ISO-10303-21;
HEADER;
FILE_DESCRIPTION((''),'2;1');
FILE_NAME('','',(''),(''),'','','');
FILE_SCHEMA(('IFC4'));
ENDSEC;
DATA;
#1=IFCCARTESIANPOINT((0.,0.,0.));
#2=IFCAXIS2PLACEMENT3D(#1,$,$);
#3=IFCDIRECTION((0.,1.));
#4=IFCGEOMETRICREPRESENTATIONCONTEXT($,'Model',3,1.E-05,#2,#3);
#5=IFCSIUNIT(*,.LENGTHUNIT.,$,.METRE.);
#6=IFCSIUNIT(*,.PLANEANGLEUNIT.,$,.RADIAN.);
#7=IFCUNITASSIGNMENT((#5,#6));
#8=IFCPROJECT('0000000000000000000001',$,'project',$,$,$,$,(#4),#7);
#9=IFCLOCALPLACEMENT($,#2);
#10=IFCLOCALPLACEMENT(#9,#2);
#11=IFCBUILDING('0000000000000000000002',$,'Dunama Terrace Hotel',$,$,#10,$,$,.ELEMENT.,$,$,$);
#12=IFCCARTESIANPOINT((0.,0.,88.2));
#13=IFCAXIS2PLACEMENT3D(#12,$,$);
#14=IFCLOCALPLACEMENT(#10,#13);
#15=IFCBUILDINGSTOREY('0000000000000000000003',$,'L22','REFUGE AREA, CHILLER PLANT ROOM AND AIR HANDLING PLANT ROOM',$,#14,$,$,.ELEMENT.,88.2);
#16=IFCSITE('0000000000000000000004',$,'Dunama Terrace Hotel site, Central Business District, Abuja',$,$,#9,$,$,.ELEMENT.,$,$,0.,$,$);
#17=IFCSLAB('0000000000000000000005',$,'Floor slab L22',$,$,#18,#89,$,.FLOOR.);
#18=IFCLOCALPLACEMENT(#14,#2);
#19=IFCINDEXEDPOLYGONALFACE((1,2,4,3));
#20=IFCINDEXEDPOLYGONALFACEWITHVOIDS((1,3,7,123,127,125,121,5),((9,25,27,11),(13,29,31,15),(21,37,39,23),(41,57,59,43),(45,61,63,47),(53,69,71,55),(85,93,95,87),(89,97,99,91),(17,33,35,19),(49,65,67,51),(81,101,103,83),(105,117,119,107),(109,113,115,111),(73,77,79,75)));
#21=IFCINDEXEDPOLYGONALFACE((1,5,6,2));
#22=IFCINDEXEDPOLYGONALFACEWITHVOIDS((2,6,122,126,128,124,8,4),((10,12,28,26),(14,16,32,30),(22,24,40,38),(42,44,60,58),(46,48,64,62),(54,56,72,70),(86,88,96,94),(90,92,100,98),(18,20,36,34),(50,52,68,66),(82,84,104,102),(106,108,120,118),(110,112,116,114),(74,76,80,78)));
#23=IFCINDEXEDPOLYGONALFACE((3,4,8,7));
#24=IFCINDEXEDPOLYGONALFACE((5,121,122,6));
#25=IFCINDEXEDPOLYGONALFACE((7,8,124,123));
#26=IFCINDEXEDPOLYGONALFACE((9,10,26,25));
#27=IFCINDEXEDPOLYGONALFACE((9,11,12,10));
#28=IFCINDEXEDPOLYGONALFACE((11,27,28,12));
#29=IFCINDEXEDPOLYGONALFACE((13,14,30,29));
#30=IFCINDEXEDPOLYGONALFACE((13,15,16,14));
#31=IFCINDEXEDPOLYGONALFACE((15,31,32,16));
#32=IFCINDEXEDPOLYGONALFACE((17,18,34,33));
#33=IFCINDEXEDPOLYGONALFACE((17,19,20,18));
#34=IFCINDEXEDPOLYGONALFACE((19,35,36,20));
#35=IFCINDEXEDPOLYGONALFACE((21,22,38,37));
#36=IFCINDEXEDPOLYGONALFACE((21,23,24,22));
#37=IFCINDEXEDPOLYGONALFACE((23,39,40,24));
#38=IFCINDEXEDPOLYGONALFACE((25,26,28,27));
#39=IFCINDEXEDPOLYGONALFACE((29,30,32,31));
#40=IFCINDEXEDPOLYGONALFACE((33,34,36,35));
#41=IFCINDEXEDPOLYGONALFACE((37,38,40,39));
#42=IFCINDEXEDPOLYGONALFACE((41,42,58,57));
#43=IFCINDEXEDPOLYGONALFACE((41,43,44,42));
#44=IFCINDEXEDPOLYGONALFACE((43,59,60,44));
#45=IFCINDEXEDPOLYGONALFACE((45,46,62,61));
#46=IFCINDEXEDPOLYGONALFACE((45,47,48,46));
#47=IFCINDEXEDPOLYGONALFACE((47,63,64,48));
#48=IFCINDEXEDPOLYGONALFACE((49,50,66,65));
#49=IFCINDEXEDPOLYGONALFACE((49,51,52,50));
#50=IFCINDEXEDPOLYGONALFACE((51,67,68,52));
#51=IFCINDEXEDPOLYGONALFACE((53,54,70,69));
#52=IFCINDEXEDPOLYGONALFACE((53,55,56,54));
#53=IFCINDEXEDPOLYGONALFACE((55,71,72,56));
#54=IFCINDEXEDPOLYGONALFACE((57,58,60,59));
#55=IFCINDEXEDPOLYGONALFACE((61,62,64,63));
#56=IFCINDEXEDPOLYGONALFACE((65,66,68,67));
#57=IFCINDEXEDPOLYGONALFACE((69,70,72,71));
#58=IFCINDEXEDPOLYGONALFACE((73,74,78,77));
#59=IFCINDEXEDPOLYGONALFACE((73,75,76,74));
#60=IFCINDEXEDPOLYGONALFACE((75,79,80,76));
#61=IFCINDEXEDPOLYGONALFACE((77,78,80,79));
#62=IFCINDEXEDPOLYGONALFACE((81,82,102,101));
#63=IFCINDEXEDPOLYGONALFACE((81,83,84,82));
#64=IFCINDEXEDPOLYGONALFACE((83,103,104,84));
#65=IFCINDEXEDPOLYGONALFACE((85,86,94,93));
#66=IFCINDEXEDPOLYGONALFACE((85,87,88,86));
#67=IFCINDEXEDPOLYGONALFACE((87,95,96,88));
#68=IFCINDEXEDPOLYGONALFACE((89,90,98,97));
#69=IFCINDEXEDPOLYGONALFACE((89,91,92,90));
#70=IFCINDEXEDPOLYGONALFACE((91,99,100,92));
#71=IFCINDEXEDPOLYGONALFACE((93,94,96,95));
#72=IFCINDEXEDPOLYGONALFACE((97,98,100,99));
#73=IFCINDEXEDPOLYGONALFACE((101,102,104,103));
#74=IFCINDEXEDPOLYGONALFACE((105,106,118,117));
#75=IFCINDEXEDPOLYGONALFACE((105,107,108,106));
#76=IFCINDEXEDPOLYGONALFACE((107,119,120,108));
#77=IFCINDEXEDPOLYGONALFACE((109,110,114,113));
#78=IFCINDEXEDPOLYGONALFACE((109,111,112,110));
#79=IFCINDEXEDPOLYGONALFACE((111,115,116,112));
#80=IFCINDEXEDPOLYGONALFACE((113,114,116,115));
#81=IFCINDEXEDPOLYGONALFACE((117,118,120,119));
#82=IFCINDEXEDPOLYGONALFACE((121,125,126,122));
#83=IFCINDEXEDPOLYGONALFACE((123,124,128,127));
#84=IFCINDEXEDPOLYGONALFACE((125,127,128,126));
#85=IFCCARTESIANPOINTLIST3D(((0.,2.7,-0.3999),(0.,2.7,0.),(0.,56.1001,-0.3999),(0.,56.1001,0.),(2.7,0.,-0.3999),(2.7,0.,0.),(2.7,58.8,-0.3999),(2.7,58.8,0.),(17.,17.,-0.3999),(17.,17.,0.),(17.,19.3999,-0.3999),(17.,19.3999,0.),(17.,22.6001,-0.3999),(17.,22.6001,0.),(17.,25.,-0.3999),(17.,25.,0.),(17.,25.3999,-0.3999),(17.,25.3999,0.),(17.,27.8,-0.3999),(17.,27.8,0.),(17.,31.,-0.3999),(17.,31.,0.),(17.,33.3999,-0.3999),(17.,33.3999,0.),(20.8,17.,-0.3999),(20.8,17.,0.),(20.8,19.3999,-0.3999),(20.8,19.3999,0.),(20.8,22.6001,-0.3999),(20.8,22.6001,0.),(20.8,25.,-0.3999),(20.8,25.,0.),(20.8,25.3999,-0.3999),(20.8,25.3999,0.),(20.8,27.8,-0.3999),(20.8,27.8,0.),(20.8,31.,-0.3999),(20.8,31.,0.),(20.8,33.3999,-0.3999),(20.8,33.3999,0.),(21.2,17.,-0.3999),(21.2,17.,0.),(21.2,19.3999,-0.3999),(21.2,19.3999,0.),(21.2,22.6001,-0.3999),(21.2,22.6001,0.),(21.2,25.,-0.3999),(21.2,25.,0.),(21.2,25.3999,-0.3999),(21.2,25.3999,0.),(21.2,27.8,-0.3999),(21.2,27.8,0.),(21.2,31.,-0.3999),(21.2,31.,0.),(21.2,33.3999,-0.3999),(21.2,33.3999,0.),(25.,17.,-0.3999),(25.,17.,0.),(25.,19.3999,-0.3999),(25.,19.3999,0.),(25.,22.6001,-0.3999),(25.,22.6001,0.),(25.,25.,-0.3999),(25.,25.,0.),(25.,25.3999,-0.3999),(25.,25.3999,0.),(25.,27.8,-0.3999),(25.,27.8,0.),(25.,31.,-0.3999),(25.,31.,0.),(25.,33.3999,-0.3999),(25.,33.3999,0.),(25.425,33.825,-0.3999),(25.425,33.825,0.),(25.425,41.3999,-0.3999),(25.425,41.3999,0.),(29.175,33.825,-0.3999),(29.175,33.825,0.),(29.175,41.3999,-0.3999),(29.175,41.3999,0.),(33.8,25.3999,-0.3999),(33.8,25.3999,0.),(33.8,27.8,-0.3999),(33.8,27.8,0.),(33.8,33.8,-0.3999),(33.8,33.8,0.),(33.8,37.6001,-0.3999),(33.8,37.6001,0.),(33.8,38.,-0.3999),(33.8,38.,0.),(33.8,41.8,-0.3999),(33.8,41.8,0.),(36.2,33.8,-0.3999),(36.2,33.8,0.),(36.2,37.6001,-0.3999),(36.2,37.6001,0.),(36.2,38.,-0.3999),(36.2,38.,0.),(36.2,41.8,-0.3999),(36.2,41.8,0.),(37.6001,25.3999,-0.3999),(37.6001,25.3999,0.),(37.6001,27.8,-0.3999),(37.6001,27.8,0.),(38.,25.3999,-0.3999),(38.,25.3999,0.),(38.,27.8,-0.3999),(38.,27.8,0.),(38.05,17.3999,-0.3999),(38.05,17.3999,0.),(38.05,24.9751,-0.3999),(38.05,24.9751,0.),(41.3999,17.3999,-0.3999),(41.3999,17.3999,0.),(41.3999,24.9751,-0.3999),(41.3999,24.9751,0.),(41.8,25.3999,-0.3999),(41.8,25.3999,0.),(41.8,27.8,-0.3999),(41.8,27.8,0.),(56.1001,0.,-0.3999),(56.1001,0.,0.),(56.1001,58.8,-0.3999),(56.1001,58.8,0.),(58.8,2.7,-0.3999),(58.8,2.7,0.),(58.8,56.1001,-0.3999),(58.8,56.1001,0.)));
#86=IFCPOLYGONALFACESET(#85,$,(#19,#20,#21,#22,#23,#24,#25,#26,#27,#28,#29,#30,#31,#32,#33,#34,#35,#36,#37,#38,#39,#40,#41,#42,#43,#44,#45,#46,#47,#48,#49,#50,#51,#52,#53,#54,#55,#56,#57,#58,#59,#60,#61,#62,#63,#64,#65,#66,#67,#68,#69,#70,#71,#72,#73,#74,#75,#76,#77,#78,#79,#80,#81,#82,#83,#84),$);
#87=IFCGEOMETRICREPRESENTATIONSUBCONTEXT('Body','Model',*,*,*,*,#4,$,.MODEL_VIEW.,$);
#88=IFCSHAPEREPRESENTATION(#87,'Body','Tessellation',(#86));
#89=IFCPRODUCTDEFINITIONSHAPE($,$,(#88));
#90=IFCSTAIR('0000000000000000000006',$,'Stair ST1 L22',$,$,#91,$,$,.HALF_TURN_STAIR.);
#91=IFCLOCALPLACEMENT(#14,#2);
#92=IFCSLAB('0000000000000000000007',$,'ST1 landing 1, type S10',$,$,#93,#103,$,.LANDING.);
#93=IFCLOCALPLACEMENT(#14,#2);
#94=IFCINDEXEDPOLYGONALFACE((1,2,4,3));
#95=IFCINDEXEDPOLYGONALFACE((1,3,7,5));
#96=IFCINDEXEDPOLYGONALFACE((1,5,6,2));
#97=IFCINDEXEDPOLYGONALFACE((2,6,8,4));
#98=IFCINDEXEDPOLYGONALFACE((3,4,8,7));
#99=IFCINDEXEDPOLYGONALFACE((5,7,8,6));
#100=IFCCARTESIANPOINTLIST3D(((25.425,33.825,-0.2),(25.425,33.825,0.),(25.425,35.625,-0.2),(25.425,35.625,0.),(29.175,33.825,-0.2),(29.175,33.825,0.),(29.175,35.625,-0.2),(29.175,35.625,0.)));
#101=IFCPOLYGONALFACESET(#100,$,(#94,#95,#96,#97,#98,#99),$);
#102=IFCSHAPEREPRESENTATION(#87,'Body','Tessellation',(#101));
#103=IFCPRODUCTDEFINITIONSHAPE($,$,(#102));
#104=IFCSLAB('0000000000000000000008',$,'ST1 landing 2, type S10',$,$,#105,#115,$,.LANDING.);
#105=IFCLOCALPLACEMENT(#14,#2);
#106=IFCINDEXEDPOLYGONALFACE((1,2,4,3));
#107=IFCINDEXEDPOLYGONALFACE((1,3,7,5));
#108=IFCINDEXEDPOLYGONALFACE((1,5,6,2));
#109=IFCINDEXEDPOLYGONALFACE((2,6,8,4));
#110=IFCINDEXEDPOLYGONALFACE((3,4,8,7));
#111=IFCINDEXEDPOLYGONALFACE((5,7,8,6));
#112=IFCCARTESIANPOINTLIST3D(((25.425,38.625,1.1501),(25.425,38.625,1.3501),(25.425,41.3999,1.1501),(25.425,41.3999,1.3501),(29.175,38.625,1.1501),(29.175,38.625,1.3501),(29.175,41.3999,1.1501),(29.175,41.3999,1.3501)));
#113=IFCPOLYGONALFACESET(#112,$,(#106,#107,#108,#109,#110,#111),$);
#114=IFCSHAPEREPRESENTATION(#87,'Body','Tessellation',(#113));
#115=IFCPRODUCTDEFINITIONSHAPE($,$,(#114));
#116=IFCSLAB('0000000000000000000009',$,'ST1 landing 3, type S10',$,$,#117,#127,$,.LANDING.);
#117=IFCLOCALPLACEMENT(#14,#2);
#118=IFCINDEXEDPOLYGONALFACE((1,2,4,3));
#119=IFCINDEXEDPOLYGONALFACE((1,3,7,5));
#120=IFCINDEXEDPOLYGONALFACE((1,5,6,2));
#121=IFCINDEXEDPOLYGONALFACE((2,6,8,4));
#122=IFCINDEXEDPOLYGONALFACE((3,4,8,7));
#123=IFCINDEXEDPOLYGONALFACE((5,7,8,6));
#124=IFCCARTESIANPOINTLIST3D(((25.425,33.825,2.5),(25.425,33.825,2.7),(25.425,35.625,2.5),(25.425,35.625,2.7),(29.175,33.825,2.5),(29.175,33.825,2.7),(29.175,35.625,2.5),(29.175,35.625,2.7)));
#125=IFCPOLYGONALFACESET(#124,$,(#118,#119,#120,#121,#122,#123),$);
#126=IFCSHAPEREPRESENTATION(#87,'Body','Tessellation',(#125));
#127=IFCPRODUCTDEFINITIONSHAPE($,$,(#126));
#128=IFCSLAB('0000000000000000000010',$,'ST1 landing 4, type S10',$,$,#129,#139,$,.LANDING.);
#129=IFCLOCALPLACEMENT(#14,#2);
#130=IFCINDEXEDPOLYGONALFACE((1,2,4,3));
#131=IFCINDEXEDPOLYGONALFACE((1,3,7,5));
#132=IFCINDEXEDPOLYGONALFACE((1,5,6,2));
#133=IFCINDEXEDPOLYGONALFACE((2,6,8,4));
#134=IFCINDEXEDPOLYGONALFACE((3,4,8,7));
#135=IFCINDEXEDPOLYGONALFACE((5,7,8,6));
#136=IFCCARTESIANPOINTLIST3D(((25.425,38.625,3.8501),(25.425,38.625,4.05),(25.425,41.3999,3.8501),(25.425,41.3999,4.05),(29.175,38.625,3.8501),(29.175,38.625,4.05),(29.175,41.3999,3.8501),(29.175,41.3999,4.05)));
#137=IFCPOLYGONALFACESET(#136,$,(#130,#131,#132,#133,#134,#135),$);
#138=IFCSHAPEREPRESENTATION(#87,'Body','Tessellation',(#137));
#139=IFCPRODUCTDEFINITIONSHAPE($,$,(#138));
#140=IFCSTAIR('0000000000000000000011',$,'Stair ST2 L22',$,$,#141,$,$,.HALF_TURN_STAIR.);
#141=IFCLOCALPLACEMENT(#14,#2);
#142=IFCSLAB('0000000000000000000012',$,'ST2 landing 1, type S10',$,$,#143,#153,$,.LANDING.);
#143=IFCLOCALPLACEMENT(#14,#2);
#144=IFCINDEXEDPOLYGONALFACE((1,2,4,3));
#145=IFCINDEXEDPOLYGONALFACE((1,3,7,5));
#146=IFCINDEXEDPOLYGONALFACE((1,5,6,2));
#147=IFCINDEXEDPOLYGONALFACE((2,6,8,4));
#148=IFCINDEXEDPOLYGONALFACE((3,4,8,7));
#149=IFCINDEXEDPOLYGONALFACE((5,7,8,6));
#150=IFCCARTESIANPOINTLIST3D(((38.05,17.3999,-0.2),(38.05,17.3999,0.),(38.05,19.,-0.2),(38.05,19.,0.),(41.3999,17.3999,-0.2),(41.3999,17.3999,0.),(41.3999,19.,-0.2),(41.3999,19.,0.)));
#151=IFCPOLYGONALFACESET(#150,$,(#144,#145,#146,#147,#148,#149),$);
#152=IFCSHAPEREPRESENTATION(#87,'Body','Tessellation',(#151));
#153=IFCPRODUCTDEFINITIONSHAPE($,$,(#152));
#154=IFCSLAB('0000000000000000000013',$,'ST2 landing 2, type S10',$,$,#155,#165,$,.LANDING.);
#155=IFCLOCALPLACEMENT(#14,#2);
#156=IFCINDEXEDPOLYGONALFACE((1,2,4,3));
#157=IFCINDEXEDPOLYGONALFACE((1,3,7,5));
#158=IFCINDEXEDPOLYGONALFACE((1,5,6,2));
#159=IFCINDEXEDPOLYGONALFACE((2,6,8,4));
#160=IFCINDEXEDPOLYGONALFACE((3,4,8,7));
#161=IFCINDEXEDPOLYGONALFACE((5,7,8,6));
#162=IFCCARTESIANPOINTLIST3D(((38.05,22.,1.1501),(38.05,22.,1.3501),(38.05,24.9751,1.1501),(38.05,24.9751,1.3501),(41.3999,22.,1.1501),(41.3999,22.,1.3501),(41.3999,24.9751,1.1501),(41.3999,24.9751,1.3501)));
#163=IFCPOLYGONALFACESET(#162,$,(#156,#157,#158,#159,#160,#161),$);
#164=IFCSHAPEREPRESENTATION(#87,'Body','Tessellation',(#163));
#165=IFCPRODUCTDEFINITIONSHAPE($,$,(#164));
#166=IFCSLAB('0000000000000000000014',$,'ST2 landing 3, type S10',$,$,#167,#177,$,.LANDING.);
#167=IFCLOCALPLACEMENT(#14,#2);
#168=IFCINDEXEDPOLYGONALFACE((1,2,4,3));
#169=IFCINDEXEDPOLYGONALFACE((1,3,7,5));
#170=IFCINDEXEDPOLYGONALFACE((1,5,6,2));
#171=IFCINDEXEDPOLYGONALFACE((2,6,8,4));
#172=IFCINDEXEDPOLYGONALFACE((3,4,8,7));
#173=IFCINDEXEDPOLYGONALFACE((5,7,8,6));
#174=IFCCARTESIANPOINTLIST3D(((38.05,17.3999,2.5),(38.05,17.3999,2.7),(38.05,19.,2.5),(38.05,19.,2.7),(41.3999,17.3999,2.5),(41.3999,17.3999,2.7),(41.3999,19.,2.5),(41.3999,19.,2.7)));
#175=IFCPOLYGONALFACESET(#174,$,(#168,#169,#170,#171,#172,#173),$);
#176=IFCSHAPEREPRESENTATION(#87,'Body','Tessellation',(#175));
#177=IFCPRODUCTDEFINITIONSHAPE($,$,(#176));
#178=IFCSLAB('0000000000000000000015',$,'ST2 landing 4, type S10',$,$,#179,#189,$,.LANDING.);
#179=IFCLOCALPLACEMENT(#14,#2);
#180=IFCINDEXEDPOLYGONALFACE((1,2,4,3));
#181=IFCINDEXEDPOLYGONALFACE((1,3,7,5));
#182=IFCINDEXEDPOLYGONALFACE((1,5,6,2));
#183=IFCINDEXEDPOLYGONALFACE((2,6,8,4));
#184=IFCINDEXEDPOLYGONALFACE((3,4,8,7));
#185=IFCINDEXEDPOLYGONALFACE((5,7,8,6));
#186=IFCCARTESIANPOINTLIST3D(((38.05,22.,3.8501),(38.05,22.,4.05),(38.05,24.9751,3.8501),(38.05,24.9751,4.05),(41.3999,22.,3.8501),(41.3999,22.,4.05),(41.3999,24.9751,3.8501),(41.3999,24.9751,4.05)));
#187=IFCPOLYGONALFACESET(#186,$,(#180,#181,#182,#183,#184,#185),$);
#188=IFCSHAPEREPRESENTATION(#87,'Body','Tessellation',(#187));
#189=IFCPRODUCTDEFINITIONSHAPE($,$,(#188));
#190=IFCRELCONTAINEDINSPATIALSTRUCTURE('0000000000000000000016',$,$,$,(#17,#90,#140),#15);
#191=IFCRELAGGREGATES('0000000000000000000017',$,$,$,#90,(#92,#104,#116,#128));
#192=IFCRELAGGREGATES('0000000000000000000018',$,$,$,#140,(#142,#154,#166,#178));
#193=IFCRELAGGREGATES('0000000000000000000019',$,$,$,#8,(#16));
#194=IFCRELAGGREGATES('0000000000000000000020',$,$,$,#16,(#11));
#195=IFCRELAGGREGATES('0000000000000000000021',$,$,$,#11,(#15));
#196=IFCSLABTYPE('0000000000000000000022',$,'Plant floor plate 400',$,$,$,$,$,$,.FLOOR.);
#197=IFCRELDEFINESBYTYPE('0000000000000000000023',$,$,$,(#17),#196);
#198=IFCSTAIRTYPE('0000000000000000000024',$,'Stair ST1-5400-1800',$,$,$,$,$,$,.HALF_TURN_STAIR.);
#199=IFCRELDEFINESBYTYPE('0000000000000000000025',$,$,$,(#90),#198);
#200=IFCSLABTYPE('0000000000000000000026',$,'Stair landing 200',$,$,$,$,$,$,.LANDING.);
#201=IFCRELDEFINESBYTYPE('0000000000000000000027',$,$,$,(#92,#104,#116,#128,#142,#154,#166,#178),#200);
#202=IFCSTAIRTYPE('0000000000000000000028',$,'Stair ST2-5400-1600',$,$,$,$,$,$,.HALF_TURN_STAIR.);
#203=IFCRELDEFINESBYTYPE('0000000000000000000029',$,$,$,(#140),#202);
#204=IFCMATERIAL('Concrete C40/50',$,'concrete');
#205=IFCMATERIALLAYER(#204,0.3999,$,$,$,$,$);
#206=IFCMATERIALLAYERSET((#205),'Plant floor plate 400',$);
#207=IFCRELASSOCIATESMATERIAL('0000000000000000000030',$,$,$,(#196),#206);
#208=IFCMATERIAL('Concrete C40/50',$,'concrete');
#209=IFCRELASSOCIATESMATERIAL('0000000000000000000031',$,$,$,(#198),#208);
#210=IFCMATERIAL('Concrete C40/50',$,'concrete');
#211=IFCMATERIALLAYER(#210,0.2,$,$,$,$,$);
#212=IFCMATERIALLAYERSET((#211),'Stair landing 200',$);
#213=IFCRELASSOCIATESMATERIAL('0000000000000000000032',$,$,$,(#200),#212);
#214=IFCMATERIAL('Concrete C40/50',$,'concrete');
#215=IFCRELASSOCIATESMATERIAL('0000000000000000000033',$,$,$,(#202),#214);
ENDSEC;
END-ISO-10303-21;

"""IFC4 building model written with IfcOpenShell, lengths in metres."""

from ifc_helpers import new_model, si_unit, direction, frame, origin, place, context, subcontext, project, spatial, polyline, outline, extrude, material, layer, layer_set, type_object, element, aggregate, save


model = new_model("IFC4")

# Units and contexts
model_context = context("Model", 3, precision=1e-05, world=origin(), true_north=direction((0.0, 1.0)))
body_context = subcontext(model_context, "Body", "Model", "MODEL_VIEW")
ifc_project = project(units=[si_unit("LENGTHUNIT", "METRE"), si_unit("PLANEANGLEUNIT", "RADIAN")], contexts=[model_context])

# Site, building, storey
site_placement = place(None, origin())
site = spatial("IfcSite", under=ifc_project, at=site_placement, Name="Dunama Terrace Hotel site, Central Business District, Abuja", CompositionType="ELEMENT", RefElevation=0.0)
building_placement = place(site_placement, origin())
building = spatial("IfcBuilding", under=site, at=building_placement, Name="Dunama Terrace Hotel", CompositionType="ELEMENT")
storey_placement = place(building_placement, frame((0.0, 0.0, 88.2)))
storey = spatial("IfcBuildingStorey", under=building, at=storey_placement, Name="L22", Description="REFUGE AREA, CHILLER PLANT ROOM AND AIR HANDLING PLANT ROOM", CompositionType="ELEMENT", Elevation=88.2)

# Slab
ifc_material_1 = material(Name="Concrete C40/50", Category="concrete")
ifc_layer_1 = layer(ifc_material_1, 0.3999)
ifc_layer_set_1 = layer_set([ifc_layer_1], Name="Plant floor plate 400")
slab_type_1 = type_object("IfcSlabType", Name="Plant floor plate 400", PredefinedType="FLOOR", material=ifc_layer_set_1)
slab_1_placement = place(storey_placement, frame((0.0, 0.0, -0.3999)))
element("IfcSlab", 1, at=slab_1_placement, inside=storey, type_object=slab_type_1, Name="Floor slab L22", PredefinedType="FLOOR", context=body_context, shape_type="SweptSolid", body=[
    extrude(outline(polyline([(2.7, 0.0), (56.1001, 0.0), (58.8, 2.7), (58.8, 56.1001), (56.1001, 58.8), (2.7, 58.8), (0.0, 56.1001), (0.0, 2.7), (2.7, 0.0)]), holes=[polyline([(20.8, 25.3999), (20.8, 27.8), (17.0, 27.8), (17.0, 25.3999), (20.8, 25.3999)]), polyline([(25.0, 25.3999), (25.0, 27.8), (21.2, 27.8), (21.2, 25.3999), (25.0, 25.3999)]), polyline([(20.8, 31.0), (20.8, 33.3999), (17.0, 33.3999), (17.0, 31.0), (20.8, 31.0)]), polyline([(25.0, 31.0), (25.0, 33.3999), (21.2, 33.3999), (21.2, 31.0), (25.0, 31.0)]), polyline([(37.6001, 25.3999), (37.6001, 27.8), (33.8, 27.8), (33.8, 25.3999), (37.6001, 25.3999)]), polyline([(41.8, 25.3999), (41.8, 27.8), (38.0, 27.8), (38.0, 25.3999), (41.8, 25.3999)]), polyline([(20.8, 17.0), (20.8, 19.3999), (17.0, 19.3999), (17.0, 17.0), (20.8, 17.0)]), polyline([(25.0, 17.0), (25.0, 19.3999), (21.2, 19.3999), (21.2, 17.0), (25.0, 17.0)]), polyline([(20.8, 22.6001), (20.8, 25.0), (17.0, 25.0), (17.0, 22.6001), (20.8, 22.6001)]), polyline([(25.0, 22.6001), (25.0, 25.0), (21.2, 25.0), (21.2, 22.6001), (25.0, 22.6001)]), polyline([(36.2, 38.0), (36.2, 41.8), (33.8, 41.8), (33.8, 38.0), (36.2, 38.0)]), polyline([(36.2, 33.8), (36.2, 37.6001), (33.8, 37.6001), (33.8, 33.8), (36.2, 33.8)]), polyline([(29.175, 33.825), (29.175, 41.3999), (25.425, 41.3999), (25.425, 33.825), (29.175, 33.825)]), polyline([(41.3999, 17.3999), (41.3999, 24.9751), (38.05, 24.9751), (38.05, 17.3999), (41.3999, 17.3999)])]), origin(), (0.0, 0.0, 1.0), 0.3999),
])

# Stairs, slabs
ifc_material_2 = material(Name="Concrete C40/50", Category="concrete")
stair_type_1 = type_object("IfcStairType", Name="Stair ST1-5400-1800", PredefinedType="HALF_TURN_STAIR", material=ifc_material_2)
stair_1_placement = place(storey_placement, origin())
stair_1 = element("IfcStair", 2, at=stair_1_placement, inside=storey, type_object=stair_type_1, Name="Stair ST1 L22", PredefinedType="HALF_TURN_STAIR")
ifc_material_3 = material(Name="Concrete C40/50", Category="concrete")
ifc_layer_2 = layer(ifc_material_3, 0.2)
ifc_layer_set_2 = layer_set([ifc_layer_2], Name="Stair landing 200")
slab_type_2 = type_object("IfcSlabType", Name="Stair landing 200", PredefinedType="LANDING", material=ifc_layer_set_2)
slab_2_placement = place(storey_placement, frame((0.0, 0.0, -0.2)))
slab_2 = element("IfcSlab", 3, at=slab_2_placement, type_object=slab_type_2, Name="ST1 landing 1, type S10", PredefinedType="LANDING", context=body_context, shape_type="SweptSolid", body=[
    extrude(outline(polyline([(25.425, 33.825), (29.175, 33.825), (29.175, 35.625), (25.425, 35.625), (25.425, 33.825)])), origin(), (0.0, 0.0, 1.0), 0.2),
])
slab_3_placement = place(storey_placement, frame((0.0, 0.0, 1.1501)))
slab_3 = element("IfcSlab", 4, at=slab_3_placement, type_object=slab_type_2, Name="ST1 landing 2, type S10", PredefinedType="LANDING", context=body_context, shape_type="SweptSolid", body=[
    extrude(outline(polyline([(25.425, 38.625), (29.175, 38.625), (29.175, 41.3999), (25.425, 41.3999), (25.425, 38.625)])), origin(), (0.0, 0.0, 1.0), 0.2),
])
slab_4_placement = place(storey_placement, frame((0.0, 0.0, 2.5)))
slab_4 = element("IfcSlab", 5, at=slab_4_placement, type_object=slab_type_2, Name="ST1 landing 3, type S10", PredefinedType="LANDING", context=body_context, shape_type="SweptSolid", body=[
    extrude(outline(polyline([(25.425, 33.825), (29.175, 33.825), (29.175, 35.625), (25.425, 35.625), (25.425, 33.825)])), origin(), (0.0, 0.0, 1.0), 0.2),
])
slab_5_placement = place(storey_placement, frame((0.0, 0.0, 3.8501)))
slab_5 = element("IfcSlab", 6, at=slab_5_placement, type_object=slab_type_2, Name="ST1 landing 4, type S10", PredefinedType="LANDING", context=body_context, shape_type="SweptSolid", body=[
    extrude(outline(polyline([(25.425, 38.625), (29.175, 38.625), (29.175, 41.3999), (25.425, 41.3999), (25.425, 38.625)])), origin(), (0.0, 0.0, 1.0), 0.2),
])
aggregate(stair_1, [slab_2, slab_3, slab_4, slab_5])
ifc_material_4 = material(Name="Concrete C40/50", Category="concrete")
stair_type_2 = type_object("IfcStairType", Name="Stair ST2-5400-1600", PredefinedType="HALF_TURN_STAIR", material=ifc_material_4)
stair_2_placement = place(storey_placement, origin())
stair_2 = element("IfcStair", 7, at=stair_2_placement, inside=storey, type_object=stair_type_2, Name="Stair ST2 L22", PredefinedType="HALF_TURN_STAIR")
slab_6_placement = place(storey_placement, frame((0.0, 0.0, -0.2)))
slab_6 = element("IfcSlab", 8, at=slab_6_placement, type_object=slab_type_2, Name="ST2 landing 1, type S10", PredefinedType="LANDING", context=body_context, shape_type="SweptSolid", body=[
    extrude(outline(polyline([(38.05, 17.3999), (41.3999, 17.3999), (41.3999, 19.0), (38.05, 19.0), (38.05, 17.3999)])), origin(), (0.0, 0.0, 1.0), 0.2),
])
slab_7_placement = place(storey_placement, frame((0.0, 0.0, 1.1501)))
slab_7 = element("IfcSlab", 9, at=slab_7_placement, type_object=slab_type_2, Name="ST2 landing 2, type S10", PredefinedType="LANDING", context=body_context, shape_type="SweptSolid", body=[
    extrude(outline(polyline([(38.05, 22.0), (41.3999, 22.0), (41.3999, 24.9751), (38.05, 24.9751), (38.05, 22.0)])), origin(), (0.0, 0.0, 1.0), 0.2),
])
slab_8_placement = place(storey_placement, frame((0.0, 0.0, 2.5)))
slab_8 = element("IfcSlab", 10, at=slab_8_placement, type_object=slab_type_2, Name="ST2 landing 3, type S10", PredefinedType="LANDING", context=body_context, shape_type="SweptSolid", body=[
    extrude(outline(polyline([(38.05, 17.3999), (41.3999, 17.3999), (41.3999, 19.0), (38.05, 19.0), (38.05, 17.3999)])), origin(), (0.0, 0.0, 1.0), 0.2),
])
slab_9_placement = place(storey_placement, frame((0.0, 0.0, 3.8501)))
slab_9 = element("IfcSlab", 11, at=slab_9_placement, type_object=slab_type_2, Name="ST2 landing 4, type S10", PredefinedType="LANDING", context=body_context, shape_type="SweptSolid", body=[
    extrude(outline(polyline([(38.05, 22.0), (41.3999, 22.0), (41.3999, 24.9751), (38.05, 24.9751), (38.05, 22.0)])), origin(), (0.0, 0.0, 1.0), 0.2),
])
aggregate(stair_2, [slab_6, slab_7, slab_8, slab_9])

save(model, "model.ifc")
